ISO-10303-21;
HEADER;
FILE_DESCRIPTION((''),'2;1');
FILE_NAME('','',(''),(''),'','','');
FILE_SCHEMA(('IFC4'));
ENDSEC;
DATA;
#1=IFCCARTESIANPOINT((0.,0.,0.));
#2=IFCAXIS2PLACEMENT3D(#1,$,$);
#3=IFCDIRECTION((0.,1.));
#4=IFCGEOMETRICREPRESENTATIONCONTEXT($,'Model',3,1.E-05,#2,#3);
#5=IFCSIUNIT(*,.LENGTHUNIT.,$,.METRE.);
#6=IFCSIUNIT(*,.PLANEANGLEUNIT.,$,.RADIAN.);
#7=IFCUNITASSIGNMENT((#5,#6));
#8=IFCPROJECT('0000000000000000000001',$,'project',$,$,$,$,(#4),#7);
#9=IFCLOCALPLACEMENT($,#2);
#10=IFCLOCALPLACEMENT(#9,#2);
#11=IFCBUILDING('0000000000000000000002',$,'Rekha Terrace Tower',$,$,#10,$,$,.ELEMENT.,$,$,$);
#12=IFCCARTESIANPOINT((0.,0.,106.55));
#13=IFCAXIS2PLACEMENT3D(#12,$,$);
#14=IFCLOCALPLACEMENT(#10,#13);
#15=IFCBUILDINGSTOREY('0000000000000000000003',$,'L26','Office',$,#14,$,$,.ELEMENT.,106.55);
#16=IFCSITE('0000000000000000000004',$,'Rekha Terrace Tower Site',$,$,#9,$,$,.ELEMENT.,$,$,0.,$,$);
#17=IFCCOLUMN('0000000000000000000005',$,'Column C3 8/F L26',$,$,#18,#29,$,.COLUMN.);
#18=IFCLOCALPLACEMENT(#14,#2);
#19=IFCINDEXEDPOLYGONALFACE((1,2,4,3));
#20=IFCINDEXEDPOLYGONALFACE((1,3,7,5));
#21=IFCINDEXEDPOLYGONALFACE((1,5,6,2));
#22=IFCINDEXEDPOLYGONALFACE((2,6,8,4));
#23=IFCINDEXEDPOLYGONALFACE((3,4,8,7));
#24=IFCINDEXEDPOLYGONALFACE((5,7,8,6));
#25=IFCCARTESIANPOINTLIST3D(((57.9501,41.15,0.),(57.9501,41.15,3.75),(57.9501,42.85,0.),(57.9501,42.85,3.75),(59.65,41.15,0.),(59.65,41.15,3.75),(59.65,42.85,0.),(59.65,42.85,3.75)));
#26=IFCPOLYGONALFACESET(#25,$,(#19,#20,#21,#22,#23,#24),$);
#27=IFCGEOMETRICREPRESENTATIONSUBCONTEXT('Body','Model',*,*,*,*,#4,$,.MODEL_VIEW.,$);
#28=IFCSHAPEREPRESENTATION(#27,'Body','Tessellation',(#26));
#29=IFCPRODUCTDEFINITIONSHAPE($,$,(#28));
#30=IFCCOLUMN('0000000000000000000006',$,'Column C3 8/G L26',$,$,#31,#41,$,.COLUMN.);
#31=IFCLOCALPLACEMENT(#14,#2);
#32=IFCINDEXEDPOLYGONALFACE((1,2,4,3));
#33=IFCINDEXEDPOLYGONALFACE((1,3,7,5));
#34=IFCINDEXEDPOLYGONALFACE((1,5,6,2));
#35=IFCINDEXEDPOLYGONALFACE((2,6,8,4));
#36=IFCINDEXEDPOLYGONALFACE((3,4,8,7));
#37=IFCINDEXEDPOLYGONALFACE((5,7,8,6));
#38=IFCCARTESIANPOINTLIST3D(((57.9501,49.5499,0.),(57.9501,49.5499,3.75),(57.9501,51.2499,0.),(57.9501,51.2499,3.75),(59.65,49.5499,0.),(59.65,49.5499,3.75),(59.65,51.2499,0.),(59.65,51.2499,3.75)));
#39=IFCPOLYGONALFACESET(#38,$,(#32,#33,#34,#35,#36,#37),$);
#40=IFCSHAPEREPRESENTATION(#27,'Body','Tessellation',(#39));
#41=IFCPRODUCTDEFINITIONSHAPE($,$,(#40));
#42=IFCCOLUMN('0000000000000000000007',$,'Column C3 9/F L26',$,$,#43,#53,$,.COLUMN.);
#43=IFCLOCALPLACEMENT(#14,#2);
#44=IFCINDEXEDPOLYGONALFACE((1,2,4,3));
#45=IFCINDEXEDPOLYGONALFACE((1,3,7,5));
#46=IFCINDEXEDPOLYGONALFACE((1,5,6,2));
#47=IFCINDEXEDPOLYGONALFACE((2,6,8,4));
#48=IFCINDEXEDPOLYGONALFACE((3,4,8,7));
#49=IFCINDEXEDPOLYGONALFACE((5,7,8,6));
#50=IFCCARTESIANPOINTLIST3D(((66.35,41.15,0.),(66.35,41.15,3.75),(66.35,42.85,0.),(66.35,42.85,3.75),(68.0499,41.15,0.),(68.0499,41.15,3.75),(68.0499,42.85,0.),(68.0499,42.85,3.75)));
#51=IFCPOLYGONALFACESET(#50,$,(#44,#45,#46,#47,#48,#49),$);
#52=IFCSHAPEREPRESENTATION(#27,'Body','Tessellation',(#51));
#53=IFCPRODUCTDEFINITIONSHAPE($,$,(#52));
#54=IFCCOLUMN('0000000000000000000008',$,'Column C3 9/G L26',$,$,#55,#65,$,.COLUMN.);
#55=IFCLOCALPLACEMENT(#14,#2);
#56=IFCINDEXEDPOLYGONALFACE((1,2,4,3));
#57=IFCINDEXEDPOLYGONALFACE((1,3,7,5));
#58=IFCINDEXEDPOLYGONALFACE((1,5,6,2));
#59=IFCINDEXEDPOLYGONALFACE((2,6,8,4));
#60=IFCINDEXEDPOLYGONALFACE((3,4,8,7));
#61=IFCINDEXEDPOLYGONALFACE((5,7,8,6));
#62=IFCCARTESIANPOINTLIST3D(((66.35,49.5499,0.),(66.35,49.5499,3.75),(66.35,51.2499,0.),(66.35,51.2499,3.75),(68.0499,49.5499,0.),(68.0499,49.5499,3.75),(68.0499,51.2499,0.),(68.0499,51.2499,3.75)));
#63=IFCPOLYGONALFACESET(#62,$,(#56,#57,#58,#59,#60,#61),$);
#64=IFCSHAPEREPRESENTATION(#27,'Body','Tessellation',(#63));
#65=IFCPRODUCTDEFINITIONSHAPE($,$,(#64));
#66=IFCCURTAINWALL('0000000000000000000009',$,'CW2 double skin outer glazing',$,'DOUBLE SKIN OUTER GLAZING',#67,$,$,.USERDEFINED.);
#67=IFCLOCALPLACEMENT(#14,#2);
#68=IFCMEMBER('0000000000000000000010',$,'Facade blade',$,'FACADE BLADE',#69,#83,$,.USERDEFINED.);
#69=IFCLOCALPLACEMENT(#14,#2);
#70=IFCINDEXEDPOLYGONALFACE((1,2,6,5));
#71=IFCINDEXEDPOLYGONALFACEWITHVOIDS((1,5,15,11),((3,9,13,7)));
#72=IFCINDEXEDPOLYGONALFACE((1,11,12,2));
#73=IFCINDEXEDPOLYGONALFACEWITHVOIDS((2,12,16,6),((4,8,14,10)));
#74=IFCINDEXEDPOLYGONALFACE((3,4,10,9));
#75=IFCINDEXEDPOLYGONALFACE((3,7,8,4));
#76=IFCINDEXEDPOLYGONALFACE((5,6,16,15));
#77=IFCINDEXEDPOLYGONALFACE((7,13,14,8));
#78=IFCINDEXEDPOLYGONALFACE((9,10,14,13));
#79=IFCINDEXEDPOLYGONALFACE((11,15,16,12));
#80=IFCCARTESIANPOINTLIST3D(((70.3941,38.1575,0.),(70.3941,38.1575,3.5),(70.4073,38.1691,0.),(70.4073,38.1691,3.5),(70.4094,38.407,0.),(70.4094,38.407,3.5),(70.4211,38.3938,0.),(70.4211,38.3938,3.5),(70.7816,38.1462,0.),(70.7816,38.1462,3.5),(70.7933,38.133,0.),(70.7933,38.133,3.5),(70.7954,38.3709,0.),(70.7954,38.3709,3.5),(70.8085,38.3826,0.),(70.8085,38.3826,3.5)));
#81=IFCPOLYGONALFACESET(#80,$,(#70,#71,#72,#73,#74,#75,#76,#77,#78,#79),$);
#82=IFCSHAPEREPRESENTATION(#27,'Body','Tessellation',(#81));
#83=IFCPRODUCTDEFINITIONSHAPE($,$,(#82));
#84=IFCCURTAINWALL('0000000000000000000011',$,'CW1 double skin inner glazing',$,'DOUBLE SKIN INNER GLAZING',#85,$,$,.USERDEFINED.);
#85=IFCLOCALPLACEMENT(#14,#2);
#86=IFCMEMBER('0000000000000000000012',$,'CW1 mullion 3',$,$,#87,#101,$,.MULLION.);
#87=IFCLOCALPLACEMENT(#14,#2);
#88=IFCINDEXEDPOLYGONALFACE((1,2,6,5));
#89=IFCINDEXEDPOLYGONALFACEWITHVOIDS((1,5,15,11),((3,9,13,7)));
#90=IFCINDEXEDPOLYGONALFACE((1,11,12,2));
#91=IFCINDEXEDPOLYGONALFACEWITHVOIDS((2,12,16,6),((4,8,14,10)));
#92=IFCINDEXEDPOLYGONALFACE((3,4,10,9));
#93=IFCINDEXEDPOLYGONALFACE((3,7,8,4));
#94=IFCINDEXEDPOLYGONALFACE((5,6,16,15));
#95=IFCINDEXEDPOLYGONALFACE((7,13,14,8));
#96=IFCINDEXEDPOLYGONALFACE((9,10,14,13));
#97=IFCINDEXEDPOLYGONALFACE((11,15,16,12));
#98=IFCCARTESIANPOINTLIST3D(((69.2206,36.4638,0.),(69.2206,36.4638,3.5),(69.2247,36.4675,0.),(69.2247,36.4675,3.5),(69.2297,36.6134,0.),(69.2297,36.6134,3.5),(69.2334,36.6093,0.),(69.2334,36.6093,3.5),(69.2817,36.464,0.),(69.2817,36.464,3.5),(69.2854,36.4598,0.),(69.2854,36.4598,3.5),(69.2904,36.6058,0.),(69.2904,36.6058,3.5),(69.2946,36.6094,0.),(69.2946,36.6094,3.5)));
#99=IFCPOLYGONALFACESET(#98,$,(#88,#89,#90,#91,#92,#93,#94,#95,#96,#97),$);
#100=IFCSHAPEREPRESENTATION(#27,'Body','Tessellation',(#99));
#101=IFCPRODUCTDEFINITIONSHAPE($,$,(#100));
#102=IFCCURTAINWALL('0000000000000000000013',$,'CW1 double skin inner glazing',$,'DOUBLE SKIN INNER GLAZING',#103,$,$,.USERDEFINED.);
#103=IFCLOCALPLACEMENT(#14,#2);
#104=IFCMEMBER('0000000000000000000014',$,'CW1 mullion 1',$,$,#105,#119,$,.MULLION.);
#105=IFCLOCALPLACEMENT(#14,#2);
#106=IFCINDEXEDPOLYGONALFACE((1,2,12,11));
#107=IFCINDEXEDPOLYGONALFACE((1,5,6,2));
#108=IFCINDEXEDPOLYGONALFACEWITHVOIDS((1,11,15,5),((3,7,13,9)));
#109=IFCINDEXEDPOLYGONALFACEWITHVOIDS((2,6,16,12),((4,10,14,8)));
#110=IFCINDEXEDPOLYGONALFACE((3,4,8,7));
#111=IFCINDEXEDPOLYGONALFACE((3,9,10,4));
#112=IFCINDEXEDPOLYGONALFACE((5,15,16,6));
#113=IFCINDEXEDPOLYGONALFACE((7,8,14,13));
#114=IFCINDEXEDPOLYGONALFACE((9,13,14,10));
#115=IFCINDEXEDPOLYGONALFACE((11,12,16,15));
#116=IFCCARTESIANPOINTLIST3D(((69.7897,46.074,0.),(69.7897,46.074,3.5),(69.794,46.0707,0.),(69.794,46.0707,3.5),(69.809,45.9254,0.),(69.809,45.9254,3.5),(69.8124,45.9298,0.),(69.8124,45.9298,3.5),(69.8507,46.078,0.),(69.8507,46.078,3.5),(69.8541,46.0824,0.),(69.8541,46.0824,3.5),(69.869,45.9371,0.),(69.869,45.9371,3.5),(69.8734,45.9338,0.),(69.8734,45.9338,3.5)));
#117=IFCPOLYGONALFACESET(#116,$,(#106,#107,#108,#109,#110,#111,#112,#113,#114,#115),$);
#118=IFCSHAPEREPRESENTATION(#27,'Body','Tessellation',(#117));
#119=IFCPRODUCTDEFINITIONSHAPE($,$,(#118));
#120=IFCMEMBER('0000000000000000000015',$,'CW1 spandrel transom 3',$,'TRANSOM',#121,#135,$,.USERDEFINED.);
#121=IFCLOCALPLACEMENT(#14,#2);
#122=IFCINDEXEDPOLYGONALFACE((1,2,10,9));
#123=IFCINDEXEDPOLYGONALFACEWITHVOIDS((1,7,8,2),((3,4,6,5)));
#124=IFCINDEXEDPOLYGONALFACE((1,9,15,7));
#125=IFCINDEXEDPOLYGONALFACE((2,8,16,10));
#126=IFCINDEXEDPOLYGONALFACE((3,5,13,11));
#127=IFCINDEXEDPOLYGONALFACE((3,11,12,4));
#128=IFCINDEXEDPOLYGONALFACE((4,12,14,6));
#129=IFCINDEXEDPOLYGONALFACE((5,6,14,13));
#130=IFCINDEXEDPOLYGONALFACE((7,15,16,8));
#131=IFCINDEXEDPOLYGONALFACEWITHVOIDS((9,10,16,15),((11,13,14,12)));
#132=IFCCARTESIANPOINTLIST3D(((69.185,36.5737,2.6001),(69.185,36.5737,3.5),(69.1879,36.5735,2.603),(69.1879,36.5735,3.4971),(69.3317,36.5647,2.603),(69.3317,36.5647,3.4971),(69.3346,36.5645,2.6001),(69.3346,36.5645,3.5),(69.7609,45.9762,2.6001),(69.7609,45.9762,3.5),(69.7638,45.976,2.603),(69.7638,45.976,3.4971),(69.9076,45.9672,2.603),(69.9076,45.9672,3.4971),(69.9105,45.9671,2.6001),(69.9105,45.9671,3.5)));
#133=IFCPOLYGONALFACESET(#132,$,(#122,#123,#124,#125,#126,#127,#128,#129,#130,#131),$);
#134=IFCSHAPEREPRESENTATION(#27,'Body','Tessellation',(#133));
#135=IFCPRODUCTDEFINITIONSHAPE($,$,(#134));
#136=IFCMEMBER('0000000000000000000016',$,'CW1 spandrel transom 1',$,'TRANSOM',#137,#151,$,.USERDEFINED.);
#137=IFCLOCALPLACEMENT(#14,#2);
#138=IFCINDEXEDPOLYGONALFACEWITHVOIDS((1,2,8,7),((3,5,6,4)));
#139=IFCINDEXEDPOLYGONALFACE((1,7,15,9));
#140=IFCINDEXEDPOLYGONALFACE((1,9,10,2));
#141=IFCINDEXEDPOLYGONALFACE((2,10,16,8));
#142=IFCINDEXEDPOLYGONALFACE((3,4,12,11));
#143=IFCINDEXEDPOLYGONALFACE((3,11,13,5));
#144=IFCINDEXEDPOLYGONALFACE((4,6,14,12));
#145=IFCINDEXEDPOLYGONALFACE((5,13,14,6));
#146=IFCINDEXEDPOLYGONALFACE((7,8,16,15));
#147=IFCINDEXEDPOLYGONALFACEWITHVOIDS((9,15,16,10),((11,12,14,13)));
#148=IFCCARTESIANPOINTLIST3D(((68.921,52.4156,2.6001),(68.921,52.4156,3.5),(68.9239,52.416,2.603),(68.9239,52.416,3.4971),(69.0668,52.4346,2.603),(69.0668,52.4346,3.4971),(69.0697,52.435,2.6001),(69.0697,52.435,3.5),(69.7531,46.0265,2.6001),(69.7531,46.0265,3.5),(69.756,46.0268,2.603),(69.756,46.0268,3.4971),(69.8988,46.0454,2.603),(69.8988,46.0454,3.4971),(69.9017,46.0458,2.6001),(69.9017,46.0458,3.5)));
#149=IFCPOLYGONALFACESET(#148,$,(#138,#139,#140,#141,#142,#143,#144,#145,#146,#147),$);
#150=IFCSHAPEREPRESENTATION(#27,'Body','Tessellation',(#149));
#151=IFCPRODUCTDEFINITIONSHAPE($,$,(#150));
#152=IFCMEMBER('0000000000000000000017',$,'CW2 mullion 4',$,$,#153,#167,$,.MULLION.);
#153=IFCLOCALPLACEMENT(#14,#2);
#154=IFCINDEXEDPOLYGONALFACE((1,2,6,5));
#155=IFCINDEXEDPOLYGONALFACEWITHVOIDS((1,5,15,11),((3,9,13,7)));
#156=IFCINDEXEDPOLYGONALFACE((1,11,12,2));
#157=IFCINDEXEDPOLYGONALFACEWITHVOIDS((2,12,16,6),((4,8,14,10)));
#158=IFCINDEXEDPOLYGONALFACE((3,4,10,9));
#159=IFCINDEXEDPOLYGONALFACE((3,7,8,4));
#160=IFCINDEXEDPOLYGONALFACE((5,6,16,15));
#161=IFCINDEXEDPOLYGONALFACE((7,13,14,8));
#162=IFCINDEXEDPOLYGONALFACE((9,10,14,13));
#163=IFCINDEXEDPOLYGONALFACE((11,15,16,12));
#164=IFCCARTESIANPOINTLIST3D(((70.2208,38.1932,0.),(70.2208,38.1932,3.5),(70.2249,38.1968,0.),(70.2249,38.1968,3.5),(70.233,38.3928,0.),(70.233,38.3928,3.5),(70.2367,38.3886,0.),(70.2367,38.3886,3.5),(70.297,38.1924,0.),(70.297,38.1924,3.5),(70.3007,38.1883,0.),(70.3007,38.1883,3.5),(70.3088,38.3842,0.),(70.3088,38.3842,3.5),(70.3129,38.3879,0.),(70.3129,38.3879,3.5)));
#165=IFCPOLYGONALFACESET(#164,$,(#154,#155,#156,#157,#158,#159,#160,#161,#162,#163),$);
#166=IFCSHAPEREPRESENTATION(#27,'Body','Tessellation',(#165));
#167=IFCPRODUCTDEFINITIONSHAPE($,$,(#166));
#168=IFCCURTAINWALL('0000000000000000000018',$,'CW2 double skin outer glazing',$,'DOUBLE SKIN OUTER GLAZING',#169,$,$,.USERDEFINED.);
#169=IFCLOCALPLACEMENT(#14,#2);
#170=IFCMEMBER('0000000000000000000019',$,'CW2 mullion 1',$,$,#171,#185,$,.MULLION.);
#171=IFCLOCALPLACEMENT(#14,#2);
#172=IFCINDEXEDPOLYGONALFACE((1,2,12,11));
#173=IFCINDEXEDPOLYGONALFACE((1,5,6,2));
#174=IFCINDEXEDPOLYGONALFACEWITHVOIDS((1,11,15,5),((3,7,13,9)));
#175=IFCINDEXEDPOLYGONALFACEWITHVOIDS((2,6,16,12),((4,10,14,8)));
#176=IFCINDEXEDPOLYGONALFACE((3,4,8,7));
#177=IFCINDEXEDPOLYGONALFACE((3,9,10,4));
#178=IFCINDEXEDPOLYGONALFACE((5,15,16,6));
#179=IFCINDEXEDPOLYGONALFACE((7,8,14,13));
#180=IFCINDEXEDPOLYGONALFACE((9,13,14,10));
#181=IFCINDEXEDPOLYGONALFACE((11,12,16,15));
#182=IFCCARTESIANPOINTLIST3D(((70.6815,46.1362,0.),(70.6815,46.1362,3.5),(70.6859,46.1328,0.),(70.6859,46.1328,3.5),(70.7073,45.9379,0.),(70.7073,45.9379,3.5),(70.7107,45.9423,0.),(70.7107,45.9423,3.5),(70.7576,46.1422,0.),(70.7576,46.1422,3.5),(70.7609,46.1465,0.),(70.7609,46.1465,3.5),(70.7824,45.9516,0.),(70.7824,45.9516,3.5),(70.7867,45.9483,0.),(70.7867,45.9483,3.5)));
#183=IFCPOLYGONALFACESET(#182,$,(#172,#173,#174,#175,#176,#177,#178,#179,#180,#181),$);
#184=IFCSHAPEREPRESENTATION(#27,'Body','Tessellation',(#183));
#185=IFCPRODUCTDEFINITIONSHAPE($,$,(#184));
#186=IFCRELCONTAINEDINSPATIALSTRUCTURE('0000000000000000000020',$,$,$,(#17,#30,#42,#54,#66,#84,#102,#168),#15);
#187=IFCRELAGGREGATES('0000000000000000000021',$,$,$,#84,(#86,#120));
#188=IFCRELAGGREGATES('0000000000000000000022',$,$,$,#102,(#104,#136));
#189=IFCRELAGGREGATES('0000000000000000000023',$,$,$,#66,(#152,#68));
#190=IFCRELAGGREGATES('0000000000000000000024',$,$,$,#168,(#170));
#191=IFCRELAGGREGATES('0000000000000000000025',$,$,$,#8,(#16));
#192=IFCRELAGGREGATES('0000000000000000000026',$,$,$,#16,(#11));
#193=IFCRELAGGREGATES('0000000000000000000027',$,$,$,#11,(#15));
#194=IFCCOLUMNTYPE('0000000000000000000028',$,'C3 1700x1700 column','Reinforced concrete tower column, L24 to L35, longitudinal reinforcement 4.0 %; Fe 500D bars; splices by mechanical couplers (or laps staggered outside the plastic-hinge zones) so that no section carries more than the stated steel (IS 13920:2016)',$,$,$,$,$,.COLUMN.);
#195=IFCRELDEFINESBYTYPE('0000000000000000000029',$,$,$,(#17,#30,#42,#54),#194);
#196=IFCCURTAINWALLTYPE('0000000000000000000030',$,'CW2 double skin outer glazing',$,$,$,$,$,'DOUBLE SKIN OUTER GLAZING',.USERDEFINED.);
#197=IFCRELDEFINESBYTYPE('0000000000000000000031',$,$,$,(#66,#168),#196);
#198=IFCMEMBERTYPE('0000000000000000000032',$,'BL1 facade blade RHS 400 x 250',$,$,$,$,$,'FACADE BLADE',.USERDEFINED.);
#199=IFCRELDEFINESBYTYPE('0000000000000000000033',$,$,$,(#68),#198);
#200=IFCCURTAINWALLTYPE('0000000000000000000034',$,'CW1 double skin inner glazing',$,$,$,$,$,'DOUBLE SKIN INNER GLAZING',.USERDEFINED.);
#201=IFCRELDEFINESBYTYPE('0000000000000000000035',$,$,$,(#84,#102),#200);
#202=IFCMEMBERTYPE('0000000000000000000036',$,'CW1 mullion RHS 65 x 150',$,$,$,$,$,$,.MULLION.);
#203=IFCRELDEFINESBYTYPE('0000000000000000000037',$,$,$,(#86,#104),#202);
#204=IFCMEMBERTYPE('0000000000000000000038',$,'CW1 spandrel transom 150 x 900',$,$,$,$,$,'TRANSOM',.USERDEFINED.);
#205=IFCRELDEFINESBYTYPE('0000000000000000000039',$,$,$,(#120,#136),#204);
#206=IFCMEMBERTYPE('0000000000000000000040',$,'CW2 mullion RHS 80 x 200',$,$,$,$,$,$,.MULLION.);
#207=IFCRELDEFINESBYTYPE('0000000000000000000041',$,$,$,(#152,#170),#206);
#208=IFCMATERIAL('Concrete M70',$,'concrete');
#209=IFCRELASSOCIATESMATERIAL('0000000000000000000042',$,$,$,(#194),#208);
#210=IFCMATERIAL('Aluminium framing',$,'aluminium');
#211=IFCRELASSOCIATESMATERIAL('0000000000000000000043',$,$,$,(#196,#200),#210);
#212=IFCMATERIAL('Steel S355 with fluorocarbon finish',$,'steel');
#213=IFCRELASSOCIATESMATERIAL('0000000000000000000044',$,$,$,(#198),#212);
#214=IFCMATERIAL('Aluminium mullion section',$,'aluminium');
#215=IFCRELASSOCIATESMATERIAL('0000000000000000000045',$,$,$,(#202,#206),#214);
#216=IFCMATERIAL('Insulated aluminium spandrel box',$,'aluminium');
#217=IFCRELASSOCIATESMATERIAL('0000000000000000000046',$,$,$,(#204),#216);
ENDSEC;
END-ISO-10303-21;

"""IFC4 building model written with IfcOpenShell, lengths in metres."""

from ifc_helpers import new_model, si_unit, direction, frame, origin, origin_2d, place, context, subcontext, project, spatial, rectangle, hollow_rectangle, extrude, material, material_profile, profile_set, type_object, element, aggregate, save


model = new_model("IFC4")

# Units and contexts
model_context = context("Model", 3, precision=1e-05, world=origin(), true_north=direction((0.0, 1.0)))
body_context = subcontext(model_context, "Body", "Model", "MODEL_VIEW")
ifc_project = project(units=[si_unit("LENGTHUNIT", "METRE"), si_unit("PLANEANGLEUNIT", "RADIAN")], contexts=[model_context])

# Site, building, storey
site_placement = place(None, origin())
site = spatial("IfcSite", under=ifc_project, at=site_placement, Name="Rekha Terrace Tower Site", CompositionType="ELEMENT", RefElevation=0.0)
building_placement = place(site_placement, origin())
building = spatial("IfcBuilding", under=site, at=building_placement, Name="Rekha Terrace Tower", CompositionType="ELEMENT")
storey_placement = place(building_placement, frame((0.0, 0.0, 106.55)))
storey = spatial("IfcBuildingStorey", under=building, at=storey_placement, Name="L26", Description="Office", CompositionType="ELEMENT", Elevation=106.55)

# Columns
ifc_material_1 = material(Name="Concrete M70", Category="concrete")
ifc_material_profile_1 = material_profile(ifc_material_1, rectangle(XDim=1.7, YDim=1.7, at=origin_2d()), Name="RC 1700x1700")
ifc_profile_set_1 = profile_set([ifc_material_profile_1], Name="Concrete M70")
column_type = type_object("IfcColumnType", Name="C3 1700x1700 column", Description="Reinforced concrete tower column, L24 to L35, longitudinal reinforcement 4.0 %; Fe 500D bars; splices by mechanical couplers (or laps staggered outside the plastic-hinge zones) so that no section carries more than the stated steel (IS 13920:2016)", PredefinedType="COLUMN", material=ifc_profile_set_1)
for number, where, z_axis, x_axis, name in (
    (1, (58.8, 42.0, 0.0), (0.0, 0.0, 1.0), (1.0, 0.0, 0.0), "Column C3 8/F L26"),
    (2, (58.8, 50.3999, 0.0), (0.0, 0.0, 1.0), (1.0, 0.0, 0.0), "Column C3 8/G L26"),
    (3, (67.2, 42.0, 0.0), (0.0, 0.0, 1.0), (1.0, 0.0, 0.0), "Column C3 9/F L26"),
    (4, (67.2, 50.3999, 0.0), (0.0, 0.0, 1.0), (1.0, 0.0, 0.0), "Column C3 9/G L26"),
):
    element("IfcColumn", number, at=place(storey_placement, frame(where, z_axis=z_axis, x_axis=x_axis)), inside=storey, type_object=column_type, Name=name, PredefinedType="COLUMN", context=body_context, shape_type="SweptSolid", body=[
        extrude(rectangle(XDim=1.7, YDim=1.7, at=origin_2d()), origin(), (0.0, 0.0, 1.0), 3.75),
    ])

# Curtain walls, members
ifc_material_2 = material(Name="Aluminium framing", Category="aluminium")
curtain_wall_type_1 = type_object("IfcCurtainWallType", Name="CW2 double skin outer glazing", ElementType="DOUBLE SKIN OUTER GLAZING", PredefinedType="USERDEFINED", material=ifc_material_2)
curtain_wall_1_placement = place(storey_placement, origin())
curtain_wall_1 = element("IfcCurtainWall", 5, at=curtain_wall_1_placement, inside=storey, type_object=curtain_wall_type_1, Name="CW2 double skin outer glazing", ObjectType="DOUBLE SKIN OUTER GLAZING", PredefinedType="USERDEFINED")
ifc_material_3 = material(Name="Steel S355 with fluorocarbon finish", Category="steel")
ifc_material_profile_2 = material_profile(ifc_material_3, hollow_rectangle(XDim=0.25, YDim=0.3999, WallThickness=0.0125, at=origin_2d()), Name="RHS400x250x12.5")
ifc_profile_set_2 = profile_set([ifc_material_profile_2], Name="Steel S355 with fluorocarbon finish")
member_type_1 = type_object("IfcMemberType", Name="BL1 facade blade RHS 400 x 250", ElementType="FACADE BLADE", PredefinedType="USERDEFINED", material=ifc_profile_set_2)
member_1_placement = place(storey_placement, frame((70.6013, 38.27, 0.0), z_axis=(0.0, 0.0, 1.0), x_axis=(0.06116, 0.998128, 0.0)))
member_1 = element("IfcMember", 6, at=member_1_placement, type_object=member_type_1, Name="Facade blade", ObjectType="FACADE BLADE", PredefinedType="USERDEFINED", context=body_context, shape_type="SweptSolid", body=[
    extrude(hollow_rectangle(XDim=0.25, YDim=0.3999, WallThickness=0.0125, at=origin_2d()), origin(), (0.0, 0.0, 1.0), 3.5),
])
curtain_wall_type_2 = type_object("IfcCurtainWallType", Name="CW1 double skin inner glazing", ElementType="DOUBLE SKIN INNER GLAZING", PredefinedType="USERDEFINED", material=ifc_material_2)
curtain_wall_2_placement = place(storey_placement, origin())
curtain_wall_2 = element("IfcCurtainWall", 7, at=curtain_wall_2_placement, inside=storey, type_object=curtain_wall_type_2, Name="CW1 double skin inner glazing", ObjectType="DOUBLE SKIN INNER GLAZING", PredefinedType="USERDEFINED")
ifc_material_4 = material(Name="Aluminium mullion section", Category="aluminium")
ifc_material_profile_3 = material_profile(ifc_material_4, hollow_rectangle(XDim=0.0649, YDim=0.1499, WallThickness=0.0039, at=origin_2d()), Name="AL RHS 65x150")
ifc_profile_set_3 = profile_set([ifc_material_profile_3], Name="Aluminium mullion section")
member_type_2 = type_object("IfcMemberType", Name="CW1 mullion RHS 65 x 150", PredefinedType="MULLION", material=ifc_profile_set_3)
member_2_placement = place(storey_placement, frame((69.2576, 36.5366, 0.0), z_axis=(0.0, 0.0, 1.0), x_axis=(-0.998128, 0.06116, 0.0)))
member_2 = element("IfcMember", 8, at=member_2_placement, type_object=member_type_2, Name="CW1 mullion 3", PredefinedType="MULLION", context=body_context, shape_type="SweptSolid", body=[
    extrude(hollow_rectangle(XDim=0.0649, YDim=0.1499, WallThickness=0.0039, at=origin_2d()), origin(), (0.0, 0.0, 1.0), 3.5),
])
curtain_wall_3_placement = place(storey_placement, origin())
curtain_wall_3 = element("IfcCurtainWall", 9, at=curtain_wall_3_placement, inside=storey, type_object=curtain_wall_type_2, Name="CW1 double skin inner glazing", ObjectType="DOUBLE SKIN INNER GLAZING", PredefinedType="USERDEFINED")
member_3_placement = place(storey_placement, frame((69.8315, 46.0039, 0.0), z_axis=(0.0, 0.0, 1.0), x_axis=(-0.991629, -0.129118, 0.0)))
member_3 = element("IfcMember", 10, at=member_3_placement, type_object=member_type_2, Name="CW1 mullion 1", PredefinedType="MULLION", context=body_context, shape_type="SweptSolid", body=[
    extrude(hollow_rectangle(XDim=0.0649, YDim=0.1499, WallThickness=0.0039, at=origin_2d()), origin(), (0.0, 0.0, 1.0), 3.5),
])

# Members
ifc_material_5 = material(Name="Insulated aluminium spandrel box", Category="aluminium")
ifc_material_profile_4 = material_profile(ifc_material_5, hollow_rectangle(XDim=0.1499, YDim=0.8999, WallThickness=0.0029, at=origin_2d()), Name="AL SPANDREL BOX 150x900")
ifc_profile_set_4 = profile_set([ifc_material_profile_4], Name="Insulated aluminium spandrel box")
member_type_3 = type_object("IfcMemberType", Name="CW1 spandrel transom 150 x 900", ElementType="TRANSOM", PredefinedType="USERDEFINED", material=ifc_profile_set_4)
member_4_placement = place(storey_placement, frame((69.2598, 36.5691, 3.05), z_axis=(0.061137, 0.998129, 0.0), x_axis=(-0.998129, 0.061137, 0.0)))
member_4 = element("IfcMember", 11, at=member_4_placement, type_object=member_type_3, Name="CW1 spandrel transom 3", ObjectType="TRANSOM", PredefinedType="USERDEFINED", context=body_context, shape_type="SweptSolid", body=[
    extrude(hollow_rectangle(XDim=0.1499, YDim=0.8999, WallThickness=0.0029, at=origin_2d()), origin(), (0.0, 0.0, 1.0), 9.4202),
])
member_5_placement = place(storey_placement, frame((69.8274, 46.0361, 3.05), z_axis=(-0.129135, 0.991627, 0.0), x_axis=(-0.991627, -0.129135, 0.0)))
member_5 = element("IfcMember", 12, at=member_5_placement, type_object=member_type_3, Name="CW1 spandrel transom 1", ObjectType="TRANSOM", PredefinedType="USERDEFINED", context=body_context, shape_type="SweptSolid", body=[
    extrude(hollow_rectangle(XDim=0.1499, YDim=0.8999, WallThickness=0.0029, at=origin_2d()), origin(), (0.0, 0.0, 1.0), 6.4431),
])
ifc_material_profile_5 = material_profile(ifc_material_4, hollow_rectangle(XDim=0.0801, YDim=0.2, WallThickness=0.0039, at=origin_2d()), Name="AL RHS 80x200")
ifc_profile_set_5 = profile_set([ifc_material_profile_5], Name="Aluminium mullion section")
member_type_4 = type_object("IfcMemberType", Name="CW2 mullion RHS 80 x 200", PredefinedType="MULLION", material=ifc_profile_set_5)
member_6_placement = place(storey_placement, frame((70.2668, 38.2905, 0.0), z_axis=(0.0, 0.0, 1.0), x_axis=(-0.998128, 0.06116, 0.0)))
member_6 = element("IfcMember", 13, at=member_6_placement, type_object=member_type_4, Name="CW2 mullion 4", PredefinedType="MULLION", context=body_context, shape_type="SweptSolid", body=[
    extrude(hollow_rectangle(XDim=0.0801, YDim=0.2, WallThickness=0.0039, at=origin_2d()), origin(), (0.0, 0.0, 1.0), 3.5),
])

# Curtain wall, member
curtain_wall_4_placement = place(storey_placement, origin())
curtain_wall_4 = element("IfcCurtainWall", 14, at=curtain_wall_4_placement, inside=storey, type_object=curtain_wall_type_1, Name="CW2 double skin outer glazing", ObjectType="DOUBLE SKIN OUTER GLAZING", PredefinedType="USERDEFINED")
member_7_placement = place(storey_placement, frame((70.7341, 46.0422, 0.0), z_axis=(0.0, 0.0, 1.0), x_axis=(-0.991629, -0.129118, 0.0)))
member_7 = element("IfcMember", 15, at=member_7_placement, type_object=member_type_4, Name="CW2 mullion 1", PredefinedType="MULLION", context=body_context, shape_type="SweptSolid", body=[
    extrude(hollow_rectangle(XDim=0.0801, YDim=0.2, WallThickness=0.0039, at=origin_2d()), origin(), (0.0, 0.0, 1.0), 3.5),
])

aggregate(curtain_wall_2, [member_2, member_4])
aggregate(curtain_wall_3, [member_3, member_5])
aggregate(curtain_wall_1, [member_6, member_1])
aggregate(curtain_wall_4, [member_7])

save(model, "model.ifc")
